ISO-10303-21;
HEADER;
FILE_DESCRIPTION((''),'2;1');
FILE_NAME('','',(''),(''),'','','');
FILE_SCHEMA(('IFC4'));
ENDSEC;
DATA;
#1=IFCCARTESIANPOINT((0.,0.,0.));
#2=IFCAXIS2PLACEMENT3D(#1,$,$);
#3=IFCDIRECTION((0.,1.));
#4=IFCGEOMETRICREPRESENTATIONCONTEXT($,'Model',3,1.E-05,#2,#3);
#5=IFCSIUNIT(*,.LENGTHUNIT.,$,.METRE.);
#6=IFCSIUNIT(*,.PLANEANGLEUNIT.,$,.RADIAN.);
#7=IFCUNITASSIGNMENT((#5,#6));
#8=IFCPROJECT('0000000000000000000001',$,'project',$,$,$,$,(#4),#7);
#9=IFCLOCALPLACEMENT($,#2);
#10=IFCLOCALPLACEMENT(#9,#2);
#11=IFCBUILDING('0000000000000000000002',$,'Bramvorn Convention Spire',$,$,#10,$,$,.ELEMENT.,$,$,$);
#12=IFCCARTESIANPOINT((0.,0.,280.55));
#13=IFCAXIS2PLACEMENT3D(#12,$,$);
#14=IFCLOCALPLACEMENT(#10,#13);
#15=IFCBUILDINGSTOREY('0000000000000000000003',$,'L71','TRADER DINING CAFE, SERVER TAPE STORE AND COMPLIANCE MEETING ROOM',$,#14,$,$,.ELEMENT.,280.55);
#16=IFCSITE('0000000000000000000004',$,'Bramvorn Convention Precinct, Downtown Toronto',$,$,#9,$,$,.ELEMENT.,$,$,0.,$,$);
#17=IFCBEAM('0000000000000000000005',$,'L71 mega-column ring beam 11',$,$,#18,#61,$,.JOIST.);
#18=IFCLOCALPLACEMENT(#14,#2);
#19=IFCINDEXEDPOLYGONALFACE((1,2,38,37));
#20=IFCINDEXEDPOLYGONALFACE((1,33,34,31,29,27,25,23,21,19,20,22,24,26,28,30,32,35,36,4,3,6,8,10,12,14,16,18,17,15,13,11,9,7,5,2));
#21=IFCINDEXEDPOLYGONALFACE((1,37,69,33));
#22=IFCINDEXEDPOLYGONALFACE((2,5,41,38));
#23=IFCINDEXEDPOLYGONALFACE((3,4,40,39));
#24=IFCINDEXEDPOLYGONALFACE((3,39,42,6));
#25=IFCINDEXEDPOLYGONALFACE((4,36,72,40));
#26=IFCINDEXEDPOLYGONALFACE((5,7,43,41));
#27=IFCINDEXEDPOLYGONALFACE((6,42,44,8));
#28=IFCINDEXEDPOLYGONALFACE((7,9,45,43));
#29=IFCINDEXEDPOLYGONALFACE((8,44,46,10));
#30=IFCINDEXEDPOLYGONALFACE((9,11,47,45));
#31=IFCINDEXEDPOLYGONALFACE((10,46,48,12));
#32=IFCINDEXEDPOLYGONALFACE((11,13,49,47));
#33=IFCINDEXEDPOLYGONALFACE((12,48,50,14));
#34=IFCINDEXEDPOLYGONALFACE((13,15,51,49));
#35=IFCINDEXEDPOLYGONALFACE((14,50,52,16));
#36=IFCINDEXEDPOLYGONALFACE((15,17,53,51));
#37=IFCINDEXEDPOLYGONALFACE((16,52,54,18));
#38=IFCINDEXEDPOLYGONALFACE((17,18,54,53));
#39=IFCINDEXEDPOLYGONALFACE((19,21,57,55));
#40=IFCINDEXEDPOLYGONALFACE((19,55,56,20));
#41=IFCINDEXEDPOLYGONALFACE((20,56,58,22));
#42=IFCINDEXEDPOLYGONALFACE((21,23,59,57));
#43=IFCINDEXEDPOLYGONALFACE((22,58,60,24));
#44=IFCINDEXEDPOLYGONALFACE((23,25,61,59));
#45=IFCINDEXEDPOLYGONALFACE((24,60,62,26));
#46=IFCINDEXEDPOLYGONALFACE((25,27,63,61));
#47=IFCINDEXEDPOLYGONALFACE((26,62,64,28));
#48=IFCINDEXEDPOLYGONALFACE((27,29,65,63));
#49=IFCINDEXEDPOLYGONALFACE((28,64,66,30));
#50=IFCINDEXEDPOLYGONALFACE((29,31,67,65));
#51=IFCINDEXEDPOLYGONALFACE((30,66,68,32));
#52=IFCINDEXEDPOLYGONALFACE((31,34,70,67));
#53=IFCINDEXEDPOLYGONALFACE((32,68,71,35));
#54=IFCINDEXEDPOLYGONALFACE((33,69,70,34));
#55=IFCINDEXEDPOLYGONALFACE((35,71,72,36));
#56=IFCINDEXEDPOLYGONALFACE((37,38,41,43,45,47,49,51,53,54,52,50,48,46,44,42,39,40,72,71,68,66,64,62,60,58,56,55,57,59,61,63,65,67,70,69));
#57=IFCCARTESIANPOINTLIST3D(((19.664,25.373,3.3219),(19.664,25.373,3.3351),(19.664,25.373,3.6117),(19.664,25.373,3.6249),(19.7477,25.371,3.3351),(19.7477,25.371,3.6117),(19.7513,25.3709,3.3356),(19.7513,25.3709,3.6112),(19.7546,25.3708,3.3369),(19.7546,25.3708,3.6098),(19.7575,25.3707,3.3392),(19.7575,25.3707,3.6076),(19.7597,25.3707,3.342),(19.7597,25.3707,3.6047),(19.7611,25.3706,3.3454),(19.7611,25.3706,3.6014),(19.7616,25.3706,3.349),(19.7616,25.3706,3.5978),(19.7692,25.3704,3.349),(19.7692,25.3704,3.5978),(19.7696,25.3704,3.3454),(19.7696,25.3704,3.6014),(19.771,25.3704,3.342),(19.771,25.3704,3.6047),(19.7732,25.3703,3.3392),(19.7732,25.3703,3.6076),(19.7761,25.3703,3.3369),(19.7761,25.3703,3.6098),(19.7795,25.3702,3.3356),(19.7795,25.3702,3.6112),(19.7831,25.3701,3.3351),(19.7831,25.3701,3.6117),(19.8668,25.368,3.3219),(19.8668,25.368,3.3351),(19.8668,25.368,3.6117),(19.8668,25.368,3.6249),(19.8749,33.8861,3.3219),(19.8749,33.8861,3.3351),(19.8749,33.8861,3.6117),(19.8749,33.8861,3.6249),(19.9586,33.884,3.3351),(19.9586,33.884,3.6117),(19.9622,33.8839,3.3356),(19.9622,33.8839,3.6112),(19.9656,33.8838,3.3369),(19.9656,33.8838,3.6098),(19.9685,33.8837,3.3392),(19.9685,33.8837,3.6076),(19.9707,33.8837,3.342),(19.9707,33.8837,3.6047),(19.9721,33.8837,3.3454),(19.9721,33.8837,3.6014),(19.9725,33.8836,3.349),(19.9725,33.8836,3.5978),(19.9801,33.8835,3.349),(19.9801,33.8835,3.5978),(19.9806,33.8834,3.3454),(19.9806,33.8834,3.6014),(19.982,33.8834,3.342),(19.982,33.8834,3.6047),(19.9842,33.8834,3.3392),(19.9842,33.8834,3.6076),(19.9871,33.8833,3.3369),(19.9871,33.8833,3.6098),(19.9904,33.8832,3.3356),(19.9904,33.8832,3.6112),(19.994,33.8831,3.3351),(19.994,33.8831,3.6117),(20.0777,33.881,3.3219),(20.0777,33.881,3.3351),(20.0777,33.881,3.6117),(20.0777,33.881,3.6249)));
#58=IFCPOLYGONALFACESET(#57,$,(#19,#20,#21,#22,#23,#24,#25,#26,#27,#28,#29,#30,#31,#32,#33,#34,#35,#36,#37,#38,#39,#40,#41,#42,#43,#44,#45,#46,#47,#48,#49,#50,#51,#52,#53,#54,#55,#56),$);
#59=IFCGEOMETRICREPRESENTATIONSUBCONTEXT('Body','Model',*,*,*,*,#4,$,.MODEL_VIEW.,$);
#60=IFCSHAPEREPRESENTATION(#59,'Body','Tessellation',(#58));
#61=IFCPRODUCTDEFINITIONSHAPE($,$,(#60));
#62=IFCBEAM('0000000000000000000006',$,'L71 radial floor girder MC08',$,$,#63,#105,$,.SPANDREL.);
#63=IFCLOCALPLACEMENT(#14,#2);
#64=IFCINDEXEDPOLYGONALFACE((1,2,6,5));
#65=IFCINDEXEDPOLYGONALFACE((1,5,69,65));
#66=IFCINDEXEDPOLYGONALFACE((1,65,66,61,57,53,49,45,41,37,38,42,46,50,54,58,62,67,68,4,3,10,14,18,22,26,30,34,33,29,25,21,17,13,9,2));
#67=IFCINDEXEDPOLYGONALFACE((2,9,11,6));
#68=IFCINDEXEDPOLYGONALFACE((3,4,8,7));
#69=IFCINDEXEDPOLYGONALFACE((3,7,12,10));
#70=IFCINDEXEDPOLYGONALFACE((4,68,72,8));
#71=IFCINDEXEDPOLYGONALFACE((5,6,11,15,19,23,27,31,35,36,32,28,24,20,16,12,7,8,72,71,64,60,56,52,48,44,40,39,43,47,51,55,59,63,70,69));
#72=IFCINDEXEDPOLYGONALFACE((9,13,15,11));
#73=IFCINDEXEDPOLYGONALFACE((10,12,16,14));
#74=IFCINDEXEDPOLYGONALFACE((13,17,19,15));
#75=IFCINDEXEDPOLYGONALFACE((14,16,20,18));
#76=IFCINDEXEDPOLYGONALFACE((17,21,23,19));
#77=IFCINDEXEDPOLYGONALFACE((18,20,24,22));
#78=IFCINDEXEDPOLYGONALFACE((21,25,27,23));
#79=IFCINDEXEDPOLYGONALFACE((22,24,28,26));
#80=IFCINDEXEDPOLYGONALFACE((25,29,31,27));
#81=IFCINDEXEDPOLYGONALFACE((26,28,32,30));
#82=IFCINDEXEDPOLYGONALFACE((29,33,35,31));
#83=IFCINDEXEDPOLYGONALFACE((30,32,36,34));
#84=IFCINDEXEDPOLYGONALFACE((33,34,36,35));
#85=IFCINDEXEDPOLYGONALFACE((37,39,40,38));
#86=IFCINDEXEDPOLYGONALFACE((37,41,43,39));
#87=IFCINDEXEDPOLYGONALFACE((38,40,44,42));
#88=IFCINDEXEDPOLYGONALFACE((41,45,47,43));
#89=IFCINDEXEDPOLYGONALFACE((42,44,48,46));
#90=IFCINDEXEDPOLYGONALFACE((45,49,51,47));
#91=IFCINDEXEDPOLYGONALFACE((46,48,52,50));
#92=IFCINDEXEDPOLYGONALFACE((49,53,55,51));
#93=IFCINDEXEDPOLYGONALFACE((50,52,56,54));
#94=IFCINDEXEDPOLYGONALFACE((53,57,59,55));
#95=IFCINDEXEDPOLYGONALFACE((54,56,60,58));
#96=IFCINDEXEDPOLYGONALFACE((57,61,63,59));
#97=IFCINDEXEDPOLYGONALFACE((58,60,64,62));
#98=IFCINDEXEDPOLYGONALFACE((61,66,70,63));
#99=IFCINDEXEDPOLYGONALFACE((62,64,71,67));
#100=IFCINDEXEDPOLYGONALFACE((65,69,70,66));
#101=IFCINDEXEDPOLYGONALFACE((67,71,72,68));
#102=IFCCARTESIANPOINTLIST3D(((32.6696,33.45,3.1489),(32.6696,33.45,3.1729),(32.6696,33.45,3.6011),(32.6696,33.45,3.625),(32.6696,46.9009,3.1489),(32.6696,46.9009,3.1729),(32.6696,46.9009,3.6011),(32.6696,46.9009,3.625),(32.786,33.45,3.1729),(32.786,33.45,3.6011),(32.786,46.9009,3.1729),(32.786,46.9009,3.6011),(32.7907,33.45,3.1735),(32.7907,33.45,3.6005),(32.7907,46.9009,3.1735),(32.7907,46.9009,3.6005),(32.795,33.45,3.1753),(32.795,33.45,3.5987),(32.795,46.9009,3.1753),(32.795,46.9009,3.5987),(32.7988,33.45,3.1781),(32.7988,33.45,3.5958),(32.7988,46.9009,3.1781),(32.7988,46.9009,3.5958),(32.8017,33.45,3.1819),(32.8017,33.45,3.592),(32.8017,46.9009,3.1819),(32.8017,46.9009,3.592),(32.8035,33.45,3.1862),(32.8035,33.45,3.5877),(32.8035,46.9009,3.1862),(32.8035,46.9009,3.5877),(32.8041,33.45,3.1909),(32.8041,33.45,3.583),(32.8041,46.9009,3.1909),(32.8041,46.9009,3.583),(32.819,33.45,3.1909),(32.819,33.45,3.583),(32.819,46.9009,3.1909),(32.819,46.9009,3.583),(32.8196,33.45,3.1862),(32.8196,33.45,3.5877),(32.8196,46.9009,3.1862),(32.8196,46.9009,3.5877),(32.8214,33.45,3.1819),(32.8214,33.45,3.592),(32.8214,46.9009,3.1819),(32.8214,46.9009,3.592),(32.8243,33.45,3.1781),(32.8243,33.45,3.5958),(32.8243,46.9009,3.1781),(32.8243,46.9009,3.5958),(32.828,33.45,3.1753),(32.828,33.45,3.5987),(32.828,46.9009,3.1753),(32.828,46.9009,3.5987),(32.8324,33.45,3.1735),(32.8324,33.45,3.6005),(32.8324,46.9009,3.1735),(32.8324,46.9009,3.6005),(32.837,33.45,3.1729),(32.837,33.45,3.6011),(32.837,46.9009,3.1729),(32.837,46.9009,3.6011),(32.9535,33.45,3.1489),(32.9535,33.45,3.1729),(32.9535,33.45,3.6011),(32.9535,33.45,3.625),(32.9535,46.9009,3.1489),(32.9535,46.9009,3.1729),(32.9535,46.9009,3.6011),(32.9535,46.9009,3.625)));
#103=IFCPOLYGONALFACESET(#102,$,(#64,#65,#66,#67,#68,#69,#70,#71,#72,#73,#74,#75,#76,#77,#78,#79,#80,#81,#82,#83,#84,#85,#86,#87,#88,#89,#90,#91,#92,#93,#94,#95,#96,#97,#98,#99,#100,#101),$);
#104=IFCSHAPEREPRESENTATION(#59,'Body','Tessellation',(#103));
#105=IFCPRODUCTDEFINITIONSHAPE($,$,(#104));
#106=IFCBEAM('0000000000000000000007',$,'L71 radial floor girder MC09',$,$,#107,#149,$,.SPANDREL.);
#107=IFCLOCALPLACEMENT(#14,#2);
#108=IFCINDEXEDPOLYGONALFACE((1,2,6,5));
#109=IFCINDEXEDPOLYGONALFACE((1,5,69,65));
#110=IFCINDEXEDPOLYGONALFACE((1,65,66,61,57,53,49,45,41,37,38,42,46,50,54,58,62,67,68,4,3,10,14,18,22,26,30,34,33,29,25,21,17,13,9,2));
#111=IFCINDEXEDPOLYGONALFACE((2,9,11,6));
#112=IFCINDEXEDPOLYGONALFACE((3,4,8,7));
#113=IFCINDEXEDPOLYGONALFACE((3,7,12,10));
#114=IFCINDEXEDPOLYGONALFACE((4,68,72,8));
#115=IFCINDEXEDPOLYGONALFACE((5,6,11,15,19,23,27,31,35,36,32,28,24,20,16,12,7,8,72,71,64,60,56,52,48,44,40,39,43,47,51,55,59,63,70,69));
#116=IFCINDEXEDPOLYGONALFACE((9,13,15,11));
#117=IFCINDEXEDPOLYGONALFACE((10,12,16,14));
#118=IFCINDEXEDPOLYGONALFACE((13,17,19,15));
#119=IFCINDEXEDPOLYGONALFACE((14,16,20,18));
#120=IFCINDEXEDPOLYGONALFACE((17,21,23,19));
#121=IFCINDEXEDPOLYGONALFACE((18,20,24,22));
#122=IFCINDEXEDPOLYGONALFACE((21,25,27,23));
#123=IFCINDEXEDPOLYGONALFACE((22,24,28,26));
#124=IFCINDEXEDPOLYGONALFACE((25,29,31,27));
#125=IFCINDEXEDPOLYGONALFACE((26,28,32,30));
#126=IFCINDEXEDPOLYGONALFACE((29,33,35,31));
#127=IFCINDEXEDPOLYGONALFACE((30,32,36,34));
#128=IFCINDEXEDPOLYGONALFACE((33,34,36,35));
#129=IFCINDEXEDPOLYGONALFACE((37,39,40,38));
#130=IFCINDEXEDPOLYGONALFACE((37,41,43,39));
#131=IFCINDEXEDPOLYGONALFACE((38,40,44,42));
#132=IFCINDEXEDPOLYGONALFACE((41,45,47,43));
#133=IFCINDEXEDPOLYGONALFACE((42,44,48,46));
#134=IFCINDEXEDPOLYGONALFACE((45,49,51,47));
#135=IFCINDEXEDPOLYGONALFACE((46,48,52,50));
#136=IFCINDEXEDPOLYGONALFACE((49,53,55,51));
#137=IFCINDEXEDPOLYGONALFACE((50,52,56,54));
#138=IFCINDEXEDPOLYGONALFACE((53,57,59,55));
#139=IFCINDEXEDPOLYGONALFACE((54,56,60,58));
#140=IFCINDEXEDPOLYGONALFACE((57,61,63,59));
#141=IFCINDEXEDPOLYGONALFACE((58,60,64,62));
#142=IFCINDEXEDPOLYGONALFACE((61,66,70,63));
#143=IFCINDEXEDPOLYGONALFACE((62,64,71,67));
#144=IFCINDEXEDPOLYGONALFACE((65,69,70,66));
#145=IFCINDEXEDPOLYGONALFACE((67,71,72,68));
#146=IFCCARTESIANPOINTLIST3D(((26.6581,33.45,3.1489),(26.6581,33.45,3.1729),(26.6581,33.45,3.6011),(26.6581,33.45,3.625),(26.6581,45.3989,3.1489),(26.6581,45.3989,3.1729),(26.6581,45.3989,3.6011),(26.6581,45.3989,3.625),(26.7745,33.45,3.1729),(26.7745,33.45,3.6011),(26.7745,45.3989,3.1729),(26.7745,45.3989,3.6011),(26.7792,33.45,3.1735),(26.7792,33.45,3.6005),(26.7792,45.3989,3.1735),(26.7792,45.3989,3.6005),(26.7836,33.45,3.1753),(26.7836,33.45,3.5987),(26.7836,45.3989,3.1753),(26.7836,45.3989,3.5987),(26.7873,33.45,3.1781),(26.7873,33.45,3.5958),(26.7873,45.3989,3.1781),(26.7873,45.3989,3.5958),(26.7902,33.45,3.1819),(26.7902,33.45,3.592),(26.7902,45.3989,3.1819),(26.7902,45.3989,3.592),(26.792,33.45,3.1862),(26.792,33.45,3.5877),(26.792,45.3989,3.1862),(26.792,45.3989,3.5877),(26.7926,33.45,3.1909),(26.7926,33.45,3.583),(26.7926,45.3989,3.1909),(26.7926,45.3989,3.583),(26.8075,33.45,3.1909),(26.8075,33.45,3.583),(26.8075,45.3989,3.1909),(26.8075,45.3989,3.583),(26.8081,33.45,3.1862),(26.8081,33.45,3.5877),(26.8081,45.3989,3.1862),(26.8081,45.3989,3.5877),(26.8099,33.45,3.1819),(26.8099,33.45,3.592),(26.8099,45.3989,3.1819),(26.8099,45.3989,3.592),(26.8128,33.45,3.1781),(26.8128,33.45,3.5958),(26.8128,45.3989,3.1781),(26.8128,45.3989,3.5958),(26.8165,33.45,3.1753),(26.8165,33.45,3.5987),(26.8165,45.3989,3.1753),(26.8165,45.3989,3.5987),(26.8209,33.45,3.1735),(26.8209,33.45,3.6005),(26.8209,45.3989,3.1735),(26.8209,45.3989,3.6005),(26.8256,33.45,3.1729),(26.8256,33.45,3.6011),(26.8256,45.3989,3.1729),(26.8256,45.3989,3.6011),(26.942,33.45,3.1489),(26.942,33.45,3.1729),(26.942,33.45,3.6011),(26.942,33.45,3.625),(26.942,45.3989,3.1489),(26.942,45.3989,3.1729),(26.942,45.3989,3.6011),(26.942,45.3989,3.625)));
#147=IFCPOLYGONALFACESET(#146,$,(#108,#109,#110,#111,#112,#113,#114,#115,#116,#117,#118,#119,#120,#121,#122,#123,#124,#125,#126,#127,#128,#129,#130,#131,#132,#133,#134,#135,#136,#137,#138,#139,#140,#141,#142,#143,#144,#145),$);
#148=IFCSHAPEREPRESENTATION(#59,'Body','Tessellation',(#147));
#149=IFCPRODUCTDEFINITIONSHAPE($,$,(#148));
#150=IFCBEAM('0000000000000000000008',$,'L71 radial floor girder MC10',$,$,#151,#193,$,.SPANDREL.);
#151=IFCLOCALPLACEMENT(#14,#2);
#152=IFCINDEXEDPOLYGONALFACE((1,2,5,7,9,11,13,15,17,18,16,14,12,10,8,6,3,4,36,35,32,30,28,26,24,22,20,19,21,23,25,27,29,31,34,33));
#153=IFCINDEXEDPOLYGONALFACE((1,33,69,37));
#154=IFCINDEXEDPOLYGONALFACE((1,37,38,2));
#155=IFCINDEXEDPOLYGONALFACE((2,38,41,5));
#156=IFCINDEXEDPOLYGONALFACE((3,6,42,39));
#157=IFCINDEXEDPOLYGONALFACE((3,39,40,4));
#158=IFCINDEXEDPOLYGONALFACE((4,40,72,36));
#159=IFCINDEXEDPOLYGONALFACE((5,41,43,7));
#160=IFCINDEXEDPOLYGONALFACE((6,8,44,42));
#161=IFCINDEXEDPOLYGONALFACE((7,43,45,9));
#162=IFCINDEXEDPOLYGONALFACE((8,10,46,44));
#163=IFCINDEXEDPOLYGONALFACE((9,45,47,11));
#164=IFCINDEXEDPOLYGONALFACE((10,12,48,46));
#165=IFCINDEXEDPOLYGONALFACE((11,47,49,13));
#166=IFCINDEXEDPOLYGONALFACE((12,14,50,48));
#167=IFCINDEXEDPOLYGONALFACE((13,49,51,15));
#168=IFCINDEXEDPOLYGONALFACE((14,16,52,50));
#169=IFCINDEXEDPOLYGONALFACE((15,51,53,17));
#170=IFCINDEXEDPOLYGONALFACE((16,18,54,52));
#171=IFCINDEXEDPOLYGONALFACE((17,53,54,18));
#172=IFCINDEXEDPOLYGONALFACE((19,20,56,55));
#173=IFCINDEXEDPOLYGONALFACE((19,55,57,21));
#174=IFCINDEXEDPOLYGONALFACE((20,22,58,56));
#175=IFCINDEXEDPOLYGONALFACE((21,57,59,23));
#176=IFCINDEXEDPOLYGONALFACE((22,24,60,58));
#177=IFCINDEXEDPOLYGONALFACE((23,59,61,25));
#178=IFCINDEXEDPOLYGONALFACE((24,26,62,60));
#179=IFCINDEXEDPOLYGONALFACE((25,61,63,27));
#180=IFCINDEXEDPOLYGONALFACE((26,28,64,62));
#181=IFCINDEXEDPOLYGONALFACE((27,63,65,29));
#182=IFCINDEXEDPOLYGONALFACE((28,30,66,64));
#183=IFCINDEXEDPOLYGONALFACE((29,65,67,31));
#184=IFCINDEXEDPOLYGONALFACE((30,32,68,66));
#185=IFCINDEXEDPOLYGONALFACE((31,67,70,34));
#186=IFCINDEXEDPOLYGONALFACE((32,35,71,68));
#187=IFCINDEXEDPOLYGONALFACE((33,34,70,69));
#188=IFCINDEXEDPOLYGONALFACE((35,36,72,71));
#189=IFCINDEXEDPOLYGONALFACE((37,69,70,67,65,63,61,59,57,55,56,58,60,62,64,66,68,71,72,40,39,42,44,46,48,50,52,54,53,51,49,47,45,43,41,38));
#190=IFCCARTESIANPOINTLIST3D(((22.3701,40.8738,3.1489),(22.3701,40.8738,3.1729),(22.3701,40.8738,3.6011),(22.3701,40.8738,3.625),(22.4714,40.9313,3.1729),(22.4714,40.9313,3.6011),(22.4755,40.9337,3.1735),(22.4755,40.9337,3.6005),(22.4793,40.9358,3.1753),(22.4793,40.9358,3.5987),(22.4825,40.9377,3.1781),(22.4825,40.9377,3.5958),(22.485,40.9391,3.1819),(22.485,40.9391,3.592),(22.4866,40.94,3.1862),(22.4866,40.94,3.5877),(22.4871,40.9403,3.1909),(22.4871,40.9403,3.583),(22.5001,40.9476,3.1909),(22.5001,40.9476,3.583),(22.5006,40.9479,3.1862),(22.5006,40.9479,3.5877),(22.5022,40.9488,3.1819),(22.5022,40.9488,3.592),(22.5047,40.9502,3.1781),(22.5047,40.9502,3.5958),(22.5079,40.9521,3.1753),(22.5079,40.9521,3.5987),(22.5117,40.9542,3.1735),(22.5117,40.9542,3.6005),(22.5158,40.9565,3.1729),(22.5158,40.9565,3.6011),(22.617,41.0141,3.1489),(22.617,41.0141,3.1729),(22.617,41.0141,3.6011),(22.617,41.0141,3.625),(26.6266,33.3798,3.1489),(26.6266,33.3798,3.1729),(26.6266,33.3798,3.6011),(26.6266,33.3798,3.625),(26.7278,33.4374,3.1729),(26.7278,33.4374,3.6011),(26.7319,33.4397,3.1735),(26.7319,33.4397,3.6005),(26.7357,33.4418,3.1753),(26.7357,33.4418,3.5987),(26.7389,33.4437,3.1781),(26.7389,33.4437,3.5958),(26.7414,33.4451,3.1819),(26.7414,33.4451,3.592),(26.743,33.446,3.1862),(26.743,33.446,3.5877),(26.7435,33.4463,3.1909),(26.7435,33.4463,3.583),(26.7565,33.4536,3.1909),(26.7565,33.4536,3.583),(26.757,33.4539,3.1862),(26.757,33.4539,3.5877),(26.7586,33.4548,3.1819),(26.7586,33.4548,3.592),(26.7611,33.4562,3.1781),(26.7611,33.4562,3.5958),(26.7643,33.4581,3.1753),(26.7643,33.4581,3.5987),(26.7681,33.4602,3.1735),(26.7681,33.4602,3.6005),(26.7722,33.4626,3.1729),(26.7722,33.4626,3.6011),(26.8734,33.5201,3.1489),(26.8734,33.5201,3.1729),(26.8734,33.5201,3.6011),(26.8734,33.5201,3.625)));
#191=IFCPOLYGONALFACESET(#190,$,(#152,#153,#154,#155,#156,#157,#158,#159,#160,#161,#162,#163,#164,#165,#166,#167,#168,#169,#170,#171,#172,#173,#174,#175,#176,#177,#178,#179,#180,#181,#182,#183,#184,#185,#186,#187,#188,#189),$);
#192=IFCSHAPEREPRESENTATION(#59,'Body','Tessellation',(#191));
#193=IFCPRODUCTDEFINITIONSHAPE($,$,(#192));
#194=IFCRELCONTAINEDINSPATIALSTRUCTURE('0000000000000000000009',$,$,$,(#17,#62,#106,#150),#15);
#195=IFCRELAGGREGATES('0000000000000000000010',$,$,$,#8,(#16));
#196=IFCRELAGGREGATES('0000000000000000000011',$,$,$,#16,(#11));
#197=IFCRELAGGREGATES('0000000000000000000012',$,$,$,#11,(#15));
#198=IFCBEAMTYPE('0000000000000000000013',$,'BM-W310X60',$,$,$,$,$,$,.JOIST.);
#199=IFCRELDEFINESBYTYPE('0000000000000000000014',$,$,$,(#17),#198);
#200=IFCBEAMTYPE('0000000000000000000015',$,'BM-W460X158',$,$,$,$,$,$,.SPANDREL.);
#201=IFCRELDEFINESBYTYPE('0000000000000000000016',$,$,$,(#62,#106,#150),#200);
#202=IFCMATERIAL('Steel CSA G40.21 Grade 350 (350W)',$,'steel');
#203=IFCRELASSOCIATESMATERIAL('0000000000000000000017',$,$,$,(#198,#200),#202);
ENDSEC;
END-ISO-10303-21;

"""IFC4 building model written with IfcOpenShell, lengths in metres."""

from ifc_helpers import new_model, si_unit, direction, frame, origin, origin_2d, place, context, subcontext, project, spatial, i_section, extrude, material, material_profile, profile_set, type_object, element, save


model = new_model("IFC4")

# Units and contexts
model_context = context("Model", 3, precision=1e-05, world=origin(), true_north=direction((0.0, 1.0)))
body_context = subcontext(model_context, "Body", "Model", "MODEL_VIEW")
ifc_project = project(units=[si_unit("LENGTHUNIT", "METRE"), si_unit("PLANEANGLEUNIT", "RADIAN")], contexts=[model_context])

# Site, building, storey
site_placement = place(None, origin())
site = spatial("IfcSite", under=ifc_project, at=site_placement, Name="Bramvorn Convention Precinct, Downtown Toronto", CompositionType="ELEMENT", RefElevation=0.0)
building_placement = place(site_placement, origin())
building = spatial("IfcBuilding", under=site, at=building_placement, Name="Bramvorn Convention Spire", CompositionType="ELEMENT")
storey_placement = place(building_placement, frame((0.0, 0.0, 280.55)))
storey = spatial("IfcBuildingStorey", under=building, at=storey_placement, Name="L71", Description="TRADER DINING CAFE, SERVER TAPE STORE AND COMPLIANCE MEETING ROOM", CompositionType="ELEMENT", Elevation=280.55)

# Shared definitions
ifc_material_1 = material(Name="Steel CSA G40.21 Grade 350 (350W)", Category="steel")

# Beams
ifc_material_profile_1 = material_profile(ifc_material_1, i_section(OverallWidth=0.2029, OverallDepth=0.303, WebThickness=0.0076, FlangeThickness=0.0132, FilletRadius=0.0139, at=origin_2d()))
ifc_profile_set_1 = profile_set([ifc_material_profile_1], Name="Steel CSA G40.21 Grade 350 (350W) - W310X60")
beam_type_1 = type_object("IfcBeamType", Name="BM-W310X60", PredefinedType="JOIST", material=ifc_profile_set_1)
beam_1_placement = place(storey_placement, frame((19.9763, 33.8835, 3.4734), z_axis=(-0.024771, -0.999693, 0.0), x_axis=(0.999693, -0.024771, 0.0)))
element("IfcBeam", 1, at=beam_1_placement, inside=storey, type_object=beam_type_1, Name="L71 mega-column ring beam 11", PredefinedType="JOIST", context=body_context, shape_type="SweptSolid", body=[
    extrude(i_section(OverallWidth=0.2029, OverallDepth=0.303, WebThickness=0.0076, FlangeThickness=0.0132, FilletRadius=0.0139, at=origin_2d()), origin(), (0.0, 0.0, 1.0), 8.5156),
])
ifc_material_profile_2 = material_profile(ifc_material_1, i_section(OverallWidth=0.2839, OverallDepth=0.4761, WebThickness=0.0149, FlangeThickness=0.0239, FilletRadius=0.0181, at=origin_2d()))
ifc_profile_set_2 = profile_set([ifc_material_profile_2], Name="Steel CSA G40.21 Grade 350 (350W) - W460X158")
beam_type_2 = type_object("IfcBeamType", Name="BM-W460X158", PredefinedType="SPANDREL", material=ifc_profile_set_2)
beam_2_placement = place(storey_placement, frame((32.8115, 33.45, 3.387), z_axis=(0.0, 1.0, 0.0), x_axis=(-1.0, 0.0, 0.0)))
element("IfcBeam", 2, at=beam_2_placement, inside=storey, type_object=beam_type_2, Name="L71 radial floor girder MC08", PredefinedType="SPANDREL", context=body_context, shape_type="SweptSolid", body=[
    extrude(i_section(OverallWidth=0.2839, OverallDepth=0.4761, WebThickness=0.0149, FlangeThickness=0.0239, FilletRadius=0.0181, at=origin_2d()), origin(), (0.0, 0.0, 1.0), 13.4509),
])
beam_3_placement = place(storey_placement, frame((26.8, 33.45, 3.387), z_axis=(0.0, 1.0, 0.0), x_axis=(-1.0, 0.0, 0.0)))
element("IfcBeam", 3, at=beam_3_placement, inside=storey, type_object=beam_type_2, Name="L71 radial floor girder MC09", PredefinedType="SPANDREL", context=body_context, shape_type="SweptSolid", body=[
    extrude(i_section(OverallWidth=0.2839, OverallDepth=0.4761, WebThickness=0.0149, FlangeThickness=0.0239, FilletRadius=0.0181, at=origin_2d()), origin(), (0.0, 0.0, 1.0), 11.949),
])
beam_4_placement = place(storey_placement, frame((26.75, 33.45, 3.387), z_axis=(-0.493874, 0.869534, 0.0), x_axis=(-0.869534, -0.493874, 0.0)))
element("IfcBeam", 4, at=beam_4_placement, inside=storey, type_object=beam_type_2, Name="L71 radial floor girder MC10", PredefinedType="SPANDREL", context=body_context, shape_type="SweptSolid", body=[
    extrude(i_section(OverallWidth=0.2839, OverallDepth=0.4761, WebThickness=0.0149, FlangeThickness=0.0239, FilletRadius=0.0181, at=origin_2d()), origin(), (0.0, 0.0, 1.0), 8.6184),
])

save(model, "model.ifc")
